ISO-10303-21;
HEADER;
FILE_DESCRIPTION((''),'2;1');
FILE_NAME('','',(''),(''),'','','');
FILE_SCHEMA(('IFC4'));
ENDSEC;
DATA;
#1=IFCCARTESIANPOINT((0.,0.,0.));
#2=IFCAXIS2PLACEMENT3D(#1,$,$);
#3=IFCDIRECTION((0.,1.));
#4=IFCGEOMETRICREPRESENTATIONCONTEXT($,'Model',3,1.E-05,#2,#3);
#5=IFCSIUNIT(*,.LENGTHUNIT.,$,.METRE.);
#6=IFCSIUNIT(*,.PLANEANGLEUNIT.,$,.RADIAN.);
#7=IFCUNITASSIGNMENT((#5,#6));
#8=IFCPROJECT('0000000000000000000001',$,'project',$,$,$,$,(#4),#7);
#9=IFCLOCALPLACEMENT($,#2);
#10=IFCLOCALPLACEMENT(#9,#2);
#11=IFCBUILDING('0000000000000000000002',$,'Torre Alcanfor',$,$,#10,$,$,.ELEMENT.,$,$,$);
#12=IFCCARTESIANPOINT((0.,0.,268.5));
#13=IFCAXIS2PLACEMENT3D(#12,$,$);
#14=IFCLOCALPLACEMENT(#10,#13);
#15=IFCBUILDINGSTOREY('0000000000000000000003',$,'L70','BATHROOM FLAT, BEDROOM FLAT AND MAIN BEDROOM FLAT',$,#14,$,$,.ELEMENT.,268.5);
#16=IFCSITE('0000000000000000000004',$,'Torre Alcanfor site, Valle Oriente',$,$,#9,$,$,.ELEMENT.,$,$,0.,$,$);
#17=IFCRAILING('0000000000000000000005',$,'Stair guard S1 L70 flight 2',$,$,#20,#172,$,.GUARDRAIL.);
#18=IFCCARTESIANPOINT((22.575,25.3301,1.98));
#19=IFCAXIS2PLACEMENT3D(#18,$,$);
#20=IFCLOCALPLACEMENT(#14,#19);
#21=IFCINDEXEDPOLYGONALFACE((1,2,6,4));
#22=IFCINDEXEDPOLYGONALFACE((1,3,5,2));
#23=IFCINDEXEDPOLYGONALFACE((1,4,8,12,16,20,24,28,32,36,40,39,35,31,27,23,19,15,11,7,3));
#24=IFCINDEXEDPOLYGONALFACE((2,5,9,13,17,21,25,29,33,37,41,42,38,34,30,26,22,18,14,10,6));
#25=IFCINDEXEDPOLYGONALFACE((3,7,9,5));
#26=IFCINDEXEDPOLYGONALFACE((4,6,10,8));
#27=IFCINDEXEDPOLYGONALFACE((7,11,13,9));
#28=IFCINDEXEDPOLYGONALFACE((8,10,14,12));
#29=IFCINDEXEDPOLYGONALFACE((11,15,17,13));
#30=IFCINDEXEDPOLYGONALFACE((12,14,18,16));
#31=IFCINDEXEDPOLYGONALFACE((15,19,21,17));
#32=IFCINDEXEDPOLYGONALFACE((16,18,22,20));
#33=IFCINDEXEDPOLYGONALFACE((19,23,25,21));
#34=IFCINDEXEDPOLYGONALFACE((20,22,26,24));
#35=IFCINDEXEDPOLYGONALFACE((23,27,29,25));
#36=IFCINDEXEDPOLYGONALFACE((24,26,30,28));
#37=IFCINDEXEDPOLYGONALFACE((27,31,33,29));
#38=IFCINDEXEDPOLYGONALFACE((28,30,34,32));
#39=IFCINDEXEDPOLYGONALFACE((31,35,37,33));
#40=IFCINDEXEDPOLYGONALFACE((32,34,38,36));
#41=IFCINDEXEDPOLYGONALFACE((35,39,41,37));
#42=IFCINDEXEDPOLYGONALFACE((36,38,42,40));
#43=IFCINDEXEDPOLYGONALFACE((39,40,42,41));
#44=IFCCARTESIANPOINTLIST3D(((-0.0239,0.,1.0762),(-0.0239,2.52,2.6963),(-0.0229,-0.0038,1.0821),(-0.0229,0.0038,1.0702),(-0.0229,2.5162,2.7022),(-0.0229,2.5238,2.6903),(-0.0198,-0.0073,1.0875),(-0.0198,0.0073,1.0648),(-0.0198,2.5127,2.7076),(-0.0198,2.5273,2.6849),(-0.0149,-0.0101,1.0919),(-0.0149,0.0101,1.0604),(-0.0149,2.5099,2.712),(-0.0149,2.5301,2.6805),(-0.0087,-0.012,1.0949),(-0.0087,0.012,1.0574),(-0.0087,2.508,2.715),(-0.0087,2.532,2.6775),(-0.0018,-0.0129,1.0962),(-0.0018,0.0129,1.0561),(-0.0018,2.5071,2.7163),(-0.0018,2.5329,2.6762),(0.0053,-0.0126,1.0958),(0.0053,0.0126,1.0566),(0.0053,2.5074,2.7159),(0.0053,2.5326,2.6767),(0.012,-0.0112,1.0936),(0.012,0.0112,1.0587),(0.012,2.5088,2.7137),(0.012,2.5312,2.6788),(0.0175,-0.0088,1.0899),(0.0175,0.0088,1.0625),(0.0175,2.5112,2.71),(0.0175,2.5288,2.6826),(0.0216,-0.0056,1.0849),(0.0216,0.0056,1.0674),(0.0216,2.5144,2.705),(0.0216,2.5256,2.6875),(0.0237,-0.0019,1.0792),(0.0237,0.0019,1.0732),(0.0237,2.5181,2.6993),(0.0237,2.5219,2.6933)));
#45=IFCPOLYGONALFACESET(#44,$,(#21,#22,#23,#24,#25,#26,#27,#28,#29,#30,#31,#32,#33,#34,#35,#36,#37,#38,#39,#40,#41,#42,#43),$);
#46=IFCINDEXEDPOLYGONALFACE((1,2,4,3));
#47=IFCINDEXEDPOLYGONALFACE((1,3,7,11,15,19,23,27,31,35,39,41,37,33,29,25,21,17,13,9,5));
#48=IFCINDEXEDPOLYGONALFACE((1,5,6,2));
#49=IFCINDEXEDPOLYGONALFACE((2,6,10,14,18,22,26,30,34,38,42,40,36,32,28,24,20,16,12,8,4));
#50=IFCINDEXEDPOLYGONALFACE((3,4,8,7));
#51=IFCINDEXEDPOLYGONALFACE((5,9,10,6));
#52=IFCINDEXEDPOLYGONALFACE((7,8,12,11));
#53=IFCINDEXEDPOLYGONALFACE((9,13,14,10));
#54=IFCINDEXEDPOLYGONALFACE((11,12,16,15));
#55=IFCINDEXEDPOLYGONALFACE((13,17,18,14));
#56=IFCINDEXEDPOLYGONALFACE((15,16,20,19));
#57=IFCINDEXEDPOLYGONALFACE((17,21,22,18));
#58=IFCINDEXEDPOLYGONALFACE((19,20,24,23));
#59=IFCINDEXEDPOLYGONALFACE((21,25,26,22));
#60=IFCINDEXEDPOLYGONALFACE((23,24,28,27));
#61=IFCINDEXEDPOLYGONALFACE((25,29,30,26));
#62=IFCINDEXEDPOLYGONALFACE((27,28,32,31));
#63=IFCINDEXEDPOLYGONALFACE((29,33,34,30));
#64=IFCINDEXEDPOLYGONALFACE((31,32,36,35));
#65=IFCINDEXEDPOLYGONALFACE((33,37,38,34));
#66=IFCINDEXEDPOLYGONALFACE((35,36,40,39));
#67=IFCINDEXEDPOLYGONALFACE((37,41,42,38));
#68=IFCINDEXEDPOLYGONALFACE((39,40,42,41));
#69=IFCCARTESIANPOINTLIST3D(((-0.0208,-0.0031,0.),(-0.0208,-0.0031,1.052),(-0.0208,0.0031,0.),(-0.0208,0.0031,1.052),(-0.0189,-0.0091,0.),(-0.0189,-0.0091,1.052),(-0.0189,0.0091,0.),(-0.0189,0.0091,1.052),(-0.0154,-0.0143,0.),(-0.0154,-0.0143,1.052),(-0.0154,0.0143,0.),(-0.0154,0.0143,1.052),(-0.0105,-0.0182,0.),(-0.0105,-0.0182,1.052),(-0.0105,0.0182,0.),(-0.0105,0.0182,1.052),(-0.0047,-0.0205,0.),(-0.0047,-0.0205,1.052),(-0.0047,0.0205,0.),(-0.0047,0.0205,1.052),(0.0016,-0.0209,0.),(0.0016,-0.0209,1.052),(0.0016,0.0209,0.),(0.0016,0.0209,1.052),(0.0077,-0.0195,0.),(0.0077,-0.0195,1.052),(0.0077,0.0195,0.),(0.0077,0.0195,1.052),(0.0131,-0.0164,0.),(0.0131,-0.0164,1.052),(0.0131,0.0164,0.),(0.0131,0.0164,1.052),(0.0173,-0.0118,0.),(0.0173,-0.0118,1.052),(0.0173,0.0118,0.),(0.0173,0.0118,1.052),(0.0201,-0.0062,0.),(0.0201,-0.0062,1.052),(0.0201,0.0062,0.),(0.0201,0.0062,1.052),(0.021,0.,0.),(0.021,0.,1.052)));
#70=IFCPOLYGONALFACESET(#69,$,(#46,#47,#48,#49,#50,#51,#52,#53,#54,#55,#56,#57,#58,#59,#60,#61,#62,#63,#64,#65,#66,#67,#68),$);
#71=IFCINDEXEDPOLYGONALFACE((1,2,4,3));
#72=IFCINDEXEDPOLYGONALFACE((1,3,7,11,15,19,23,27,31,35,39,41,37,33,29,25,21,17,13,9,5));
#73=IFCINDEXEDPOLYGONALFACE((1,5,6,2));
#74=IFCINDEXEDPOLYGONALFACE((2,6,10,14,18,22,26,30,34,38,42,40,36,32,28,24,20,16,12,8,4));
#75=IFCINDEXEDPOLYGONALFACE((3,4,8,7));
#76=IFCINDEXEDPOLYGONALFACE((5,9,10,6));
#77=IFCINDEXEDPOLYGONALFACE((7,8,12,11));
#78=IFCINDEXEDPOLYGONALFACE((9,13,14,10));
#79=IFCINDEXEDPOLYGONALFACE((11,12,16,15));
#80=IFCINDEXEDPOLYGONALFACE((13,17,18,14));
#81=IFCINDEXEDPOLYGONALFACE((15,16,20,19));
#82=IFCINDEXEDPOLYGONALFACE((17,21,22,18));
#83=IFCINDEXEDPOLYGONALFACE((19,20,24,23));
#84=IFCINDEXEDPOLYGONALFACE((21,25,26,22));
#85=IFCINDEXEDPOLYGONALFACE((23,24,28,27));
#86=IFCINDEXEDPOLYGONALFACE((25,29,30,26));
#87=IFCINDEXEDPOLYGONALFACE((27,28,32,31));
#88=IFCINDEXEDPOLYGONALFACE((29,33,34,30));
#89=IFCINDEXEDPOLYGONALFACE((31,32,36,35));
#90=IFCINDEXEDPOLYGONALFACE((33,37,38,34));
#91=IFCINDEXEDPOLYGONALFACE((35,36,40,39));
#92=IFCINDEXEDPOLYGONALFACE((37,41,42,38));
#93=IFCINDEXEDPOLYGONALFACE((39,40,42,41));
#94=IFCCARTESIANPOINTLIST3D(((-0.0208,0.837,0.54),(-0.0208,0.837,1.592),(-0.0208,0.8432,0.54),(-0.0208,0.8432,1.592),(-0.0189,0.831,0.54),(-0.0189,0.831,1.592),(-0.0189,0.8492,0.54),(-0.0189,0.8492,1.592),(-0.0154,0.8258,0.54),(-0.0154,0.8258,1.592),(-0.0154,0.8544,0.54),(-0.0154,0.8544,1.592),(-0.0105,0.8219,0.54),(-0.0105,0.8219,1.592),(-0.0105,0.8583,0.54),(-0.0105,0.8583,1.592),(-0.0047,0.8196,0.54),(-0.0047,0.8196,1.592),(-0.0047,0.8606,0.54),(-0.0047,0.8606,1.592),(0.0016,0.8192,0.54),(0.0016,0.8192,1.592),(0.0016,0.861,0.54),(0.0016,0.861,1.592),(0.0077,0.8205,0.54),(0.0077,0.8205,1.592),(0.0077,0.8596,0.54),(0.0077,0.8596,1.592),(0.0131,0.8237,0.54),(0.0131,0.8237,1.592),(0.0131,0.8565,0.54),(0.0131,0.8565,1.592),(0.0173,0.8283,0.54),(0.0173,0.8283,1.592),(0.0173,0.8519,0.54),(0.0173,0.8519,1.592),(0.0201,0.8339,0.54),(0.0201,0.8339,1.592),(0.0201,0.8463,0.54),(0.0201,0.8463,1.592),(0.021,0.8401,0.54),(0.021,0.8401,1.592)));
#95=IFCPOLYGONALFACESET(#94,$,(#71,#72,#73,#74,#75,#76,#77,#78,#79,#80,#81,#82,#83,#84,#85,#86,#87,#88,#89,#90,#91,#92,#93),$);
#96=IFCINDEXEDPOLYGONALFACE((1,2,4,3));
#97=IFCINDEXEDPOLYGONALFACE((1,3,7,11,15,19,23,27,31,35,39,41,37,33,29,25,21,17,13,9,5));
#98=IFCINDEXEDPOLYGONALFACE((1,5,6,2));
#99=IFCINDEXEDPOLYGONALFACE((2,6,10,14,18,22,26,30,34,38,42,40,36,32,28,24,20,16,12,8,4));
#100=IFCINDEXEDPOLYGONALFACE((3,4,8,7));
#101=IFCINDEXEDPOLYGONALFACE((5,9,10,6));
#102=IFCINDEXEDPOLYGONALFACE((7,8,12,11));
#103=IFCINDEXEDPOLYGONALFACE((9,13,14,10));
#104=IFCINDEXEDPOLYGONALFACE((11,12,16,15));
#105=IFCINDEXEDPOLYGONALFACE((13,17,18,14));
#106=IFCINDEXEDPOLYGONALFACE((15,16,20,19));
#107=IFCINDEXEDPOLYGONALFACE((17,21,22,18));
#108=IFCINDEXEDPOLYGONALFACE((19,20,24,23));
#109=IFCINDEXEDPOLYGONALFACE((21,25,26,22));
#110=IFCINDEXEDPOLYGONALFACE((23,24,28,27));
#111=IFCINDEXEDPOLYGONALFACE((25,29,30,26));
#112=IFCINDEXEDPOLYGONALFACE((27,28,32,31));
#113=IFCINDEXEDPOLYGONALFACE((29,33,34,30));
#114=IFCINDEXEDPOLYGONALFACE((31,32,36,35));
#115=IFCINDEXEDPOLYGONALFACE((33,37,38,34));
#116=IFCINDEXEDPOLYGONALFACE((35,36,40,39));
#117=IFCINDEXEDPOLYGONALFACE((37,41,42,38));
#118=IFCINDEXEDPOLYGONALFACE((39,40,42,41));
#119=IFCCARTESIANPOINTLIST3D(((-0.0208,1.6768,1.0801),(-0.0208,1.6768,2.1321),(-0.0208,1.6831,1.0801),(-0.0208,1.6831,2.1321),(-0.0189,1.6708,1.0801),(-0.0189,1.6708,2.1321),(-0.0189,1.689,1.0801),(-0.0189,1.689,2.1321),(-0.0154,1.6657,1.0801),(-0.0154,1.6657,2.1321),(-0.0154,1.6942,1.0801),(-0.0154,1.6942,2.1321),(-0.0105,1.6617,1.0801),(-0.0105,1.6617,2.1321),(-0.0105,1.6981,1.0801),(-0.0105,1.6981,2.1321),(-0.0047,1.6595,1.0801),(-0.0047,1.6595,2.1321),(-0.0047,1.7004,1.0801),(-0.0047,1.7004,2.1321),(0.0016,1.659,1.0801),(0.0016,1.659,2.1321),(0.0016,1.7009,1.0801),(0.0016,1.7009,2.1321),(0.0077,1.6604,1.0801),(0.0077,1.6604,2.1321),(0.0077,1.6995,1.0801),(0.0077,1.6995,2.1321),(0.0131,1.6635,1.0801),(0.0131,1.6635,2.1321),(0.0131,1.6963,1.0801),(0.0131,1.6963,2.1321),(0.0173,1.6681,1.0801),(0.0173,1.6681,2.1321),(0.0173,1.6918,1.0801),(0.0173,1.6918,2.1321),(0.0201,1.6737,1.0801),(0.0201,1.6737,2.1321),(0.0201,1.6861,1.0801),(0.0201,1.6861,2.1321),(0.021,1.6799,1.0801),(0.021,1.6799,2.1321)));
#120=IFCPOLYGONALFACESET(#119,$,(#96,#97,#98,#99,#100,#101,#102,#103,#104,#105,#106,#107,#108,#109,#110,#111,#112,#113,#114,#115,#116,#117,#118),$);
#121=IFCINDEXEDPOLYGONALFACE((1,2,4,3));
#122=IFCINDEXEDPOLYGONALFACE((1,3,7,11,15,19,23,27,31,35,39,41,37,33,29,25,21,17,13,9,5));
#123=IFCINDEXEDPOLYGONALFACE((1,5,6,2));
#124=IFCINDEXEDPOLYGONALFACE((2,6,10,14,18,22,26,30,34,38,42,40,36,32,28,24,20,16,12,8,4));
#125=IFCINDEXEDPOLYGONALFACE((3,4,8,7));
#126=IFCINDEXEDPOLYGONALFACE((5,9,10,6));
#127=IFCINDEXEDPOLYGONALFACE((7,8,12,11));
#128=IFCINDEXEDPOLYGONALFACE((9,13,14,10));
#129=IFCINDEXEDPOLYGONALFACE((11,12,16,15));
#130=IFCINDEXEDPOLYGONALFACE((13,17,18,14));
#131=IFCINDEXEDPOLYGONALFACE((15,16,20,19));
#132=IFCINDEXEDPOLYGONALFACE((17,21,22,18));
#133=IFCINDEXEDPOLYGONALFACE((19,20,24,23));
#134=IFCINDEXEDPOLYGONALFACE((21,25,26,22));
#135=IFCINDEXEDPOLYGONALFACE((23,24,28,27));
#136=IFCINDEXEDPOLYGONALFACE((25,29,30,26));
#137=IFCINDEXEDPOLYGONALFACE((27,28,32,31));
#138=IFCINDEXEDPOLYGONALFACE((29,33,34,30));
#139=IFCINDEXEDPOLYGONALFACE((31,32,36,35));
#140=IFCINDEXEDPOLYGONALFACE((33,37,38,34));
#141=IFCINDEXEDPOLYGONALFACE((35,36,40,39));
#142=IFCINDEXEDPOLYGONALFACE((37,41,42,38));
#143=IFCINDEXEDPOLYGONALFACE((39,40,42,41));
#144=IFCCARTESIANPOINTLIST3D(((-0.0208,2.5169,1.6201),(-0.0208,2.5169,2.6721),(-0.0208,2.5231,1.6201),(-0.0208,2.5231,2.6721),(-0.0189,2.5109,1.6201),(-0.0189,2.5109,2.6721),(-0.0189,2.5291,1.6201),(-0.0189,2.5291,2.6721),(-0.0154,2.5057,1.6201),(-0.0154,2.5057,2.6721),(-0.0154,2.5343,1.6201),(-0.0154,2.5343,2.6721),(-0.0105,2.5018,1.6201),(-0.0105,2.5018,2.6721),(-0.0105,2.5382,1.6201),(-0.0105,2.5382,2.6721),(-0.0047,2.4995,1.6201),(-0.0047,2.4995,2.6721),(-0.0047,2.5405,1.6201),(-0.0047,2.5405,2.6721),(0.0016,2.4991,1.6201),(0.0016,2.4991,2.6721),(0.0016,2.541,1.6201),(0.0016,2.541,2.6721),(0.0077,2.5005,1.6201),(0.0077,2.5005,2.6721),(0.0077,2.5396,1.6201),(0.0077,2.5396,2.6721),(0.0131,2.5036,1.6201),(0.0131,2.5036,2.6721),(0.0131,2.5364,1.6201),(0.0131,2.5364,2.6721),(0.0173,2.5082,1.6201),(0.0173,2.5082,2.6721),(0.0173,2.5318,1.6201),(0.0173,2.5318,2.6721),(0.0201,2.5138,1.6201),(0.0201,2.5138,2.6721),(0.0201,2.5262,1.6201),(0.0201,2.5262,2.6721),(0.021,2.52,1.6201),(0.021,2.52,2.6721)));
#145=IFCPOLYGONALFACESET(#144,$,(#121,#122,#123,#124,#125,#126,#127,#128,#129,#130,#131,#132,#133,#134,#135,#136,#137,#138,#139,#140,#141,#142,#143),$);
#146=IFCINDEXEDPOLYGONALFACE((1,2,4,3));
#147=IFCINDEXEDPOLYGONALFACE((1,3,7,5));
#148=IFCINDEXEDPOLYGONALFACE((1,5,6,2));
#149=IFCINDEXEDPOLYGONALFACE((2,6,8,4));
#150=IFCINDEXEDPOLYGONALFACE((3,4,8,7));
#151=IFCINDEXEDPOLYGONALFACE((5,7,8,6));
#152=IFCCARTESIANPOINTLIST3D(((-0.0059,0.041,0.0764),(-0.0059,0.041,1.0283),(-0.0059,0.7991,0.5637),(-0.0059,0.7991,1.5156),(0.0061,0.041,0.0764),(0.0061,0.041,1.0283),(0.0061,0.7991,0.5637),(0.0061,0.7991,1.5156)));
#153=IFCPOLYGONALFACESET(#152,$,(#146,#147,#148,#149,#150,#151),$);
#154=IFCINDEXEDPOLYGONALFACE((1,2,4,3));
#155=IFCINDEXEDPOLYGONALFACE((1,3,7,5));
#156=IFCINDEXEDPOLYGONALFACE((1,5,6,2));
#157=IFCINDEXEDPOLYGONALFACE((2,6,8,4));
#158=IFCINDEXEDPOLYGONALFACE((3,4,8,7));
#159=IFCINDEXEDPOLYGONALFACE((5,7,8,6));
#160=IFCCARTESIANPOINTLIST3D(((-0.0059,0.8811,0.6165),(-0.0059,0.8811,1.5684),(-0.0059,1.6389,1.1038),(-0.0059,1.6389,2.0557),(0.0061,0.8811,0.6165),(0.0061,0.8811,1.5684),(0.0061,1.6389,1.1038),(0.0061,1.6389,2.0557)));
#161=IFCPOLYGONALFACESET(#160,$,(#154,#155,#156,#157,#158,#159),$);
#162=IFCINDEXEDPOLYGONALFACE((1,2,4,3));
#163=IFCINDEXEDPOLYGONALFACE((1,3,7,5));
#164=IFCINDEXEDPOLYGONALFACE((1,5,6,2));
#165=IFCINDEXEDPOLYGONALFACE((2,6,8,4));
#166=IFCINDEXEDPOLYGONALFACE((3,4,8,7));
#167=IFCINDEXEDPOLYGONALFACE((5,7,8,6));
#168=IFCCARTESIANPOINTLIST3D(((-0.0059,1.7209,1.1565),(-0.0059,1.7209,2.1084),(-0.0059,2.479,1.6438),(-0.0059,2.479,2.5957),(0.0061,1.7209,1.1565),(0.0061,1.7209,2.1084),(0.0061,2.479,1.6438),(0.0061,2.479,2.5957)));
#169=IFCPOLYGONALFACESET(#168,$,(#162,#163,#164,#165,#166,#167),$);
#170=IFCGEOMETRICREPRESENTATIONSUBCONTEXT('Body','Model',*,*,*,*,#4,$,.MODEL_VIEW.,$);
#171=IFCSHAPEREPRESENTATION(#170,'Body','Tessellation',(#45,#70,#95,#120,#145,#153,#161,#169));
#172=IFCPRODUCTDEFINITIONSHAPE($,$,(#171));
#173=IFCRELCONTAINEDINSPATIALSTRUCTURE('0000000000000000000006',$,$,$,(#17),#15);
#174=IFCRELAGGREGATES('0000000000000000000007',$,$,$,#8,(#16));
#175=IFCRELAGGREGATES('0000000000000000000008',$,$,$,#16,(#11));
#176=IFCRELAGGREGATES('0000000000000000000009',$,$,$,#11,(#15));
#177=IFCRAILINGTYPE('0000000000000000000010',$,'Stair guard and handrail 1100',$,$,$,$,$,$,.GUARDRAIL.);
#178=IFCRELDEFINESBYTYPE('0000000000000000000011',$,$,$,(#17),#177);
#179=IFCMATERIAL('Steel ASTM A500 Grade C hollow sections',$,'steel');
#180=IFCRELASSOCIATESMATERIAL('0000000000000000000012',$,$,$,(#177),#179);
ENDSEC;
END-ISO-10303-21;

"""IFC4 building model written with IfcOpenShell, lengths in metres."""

from ifc_helpers import new_model, si_unit, direction, frame, origin, origin_2d, place, context, subcontext, project, spatial, polyline, circle, outline, extrude, material, type_object, element, save


model = new_model("IFC4")

# Units and contexts
model_context = context("Model", 3, precision=1e-05, world=origin(), true_north=direction((0.0, 1.0)))
body_context = subcontext(model_context, "Body", "Model", "MODEL_VIEW")
ifc_project = project(units=[si_unit("LENGTHUNIT", "METRE"), si_unit("PLANEANGLEUNIT", "RADIAN")], contexts=[model_context])

# Site, building, storey
site_placement = place(None, origin())
site = spatial("IfcSite", under=ifc_project, at=site_placement, Name="Torre Alcanfor site, Valle Oriente", CompositionType="ELEMENT", RefElevation=0.0)
building_placement = place(site_placement, origin())
building = spatial("IfcBuilding", under=site, at=building_placement, Name="Torre Alcanfor", CompositionType="ELEMENT")
storey_placement = place(building_placement, frame((0.0, 0.0, 268.5)))
storey = spatial("IfcBuildingStorey", under=building, at=storey_placement, Name="L70", Description="BATHROOM FLAT, BEDROOM FLAT AND MAIN BEDROOM FLAT", CompositionType="ELEMENT", Elevation=268.5)

# Railing
ifc_material_1 = material(Name="Steel ASTM A500 Grade C hollow sections", Category="steel")
railing_type_1 = type_object("IfcRailingType", Name="Stair guard and handrail 1100", PredefinedType="GUARDRAIL", material=ifc_material_1)
railing_1_placement = place(storey_placement, frame((22.575, 25.3301, 1.98)))
element("IfcRailing", 1, at=railing_1_placement, inside=storey, type_object=railing_type_1, Name="Stair guard S1 L70 flight 2", PredefinedType="GUARDRAIL", context=body_context, shape_type="SweptSolid", body=[
    extrude(circle(Radius=0.0239, at=origin_2d()), frame((0.0, 0.0, 1.0762), z_axis=(0.0, 0.841163, 0.540782), x_axis=(-1.0, 0.0, 0.0)), (0.0, 0.0, 1.0), 2.9958),
    extrude(circle(Radius=0.021, at=origin_2d()), origin(), (0.0, 0.0, 1.0), 1.052),
    extrude(circle(Radius=0.021, at=origin_2d()), frame((0.0, 0.8401, 0.54)), (0.0, 0.0, 1.0), 1.052),
    extrude(circle(Radius=0.021, at=origin_2d()), frame((0.0, 1.6799, 1.0801)), (0.0, 0.0, 1.0), 1.052),
    extrude(circle(Radius=0.021, at=origin_2d()), frame((0.0, 2.52, 1.6201)), (0.0, 0.0, 1.0), 1.052),
    extrude(outline(polyline([(0.041, 0.0764), (0.7991, 0.5637), (0.7991, 1.5156), (0.041, 1.0283), (0.041, 0.0764)])), frame((-0.0059, 0.0, 0.0), z_axis=(1.0, 0.0, 0.0), x_axis=(0.0, 1.0, 0.0)), (0.0, 0.0, 1.0), 0.012),
    extrude(outline(polyline([(0.8811, 0.6165), (1.6389, 1.1038), (1.6389, 2.0557), (0.8811, 1.5684), (0.8811, 0.6165)])), frame((-0.0059, 0.0, 0.0), z_axis=(1.0, 0.0, 0.0), x_axis=(0.0, 1.0, 0.0)), (0.0, 0.0, 1.0), 0.012),
    extrude(outline(polyline([(1.7209, 1.1565), (2.479, 1.6438), (2.479, 2.5957), (1.7209, 2.1084), (1.7209, 1.1565)])), frame((-0.0059, 0.0, 0.0), z_axis=(1.0, 0.0, 0.0), x_axis=(0.0, 1.0, 0.0)), (0.0, 0.0, 1.0), 0.012),
])

save(model, "model.ifc")
